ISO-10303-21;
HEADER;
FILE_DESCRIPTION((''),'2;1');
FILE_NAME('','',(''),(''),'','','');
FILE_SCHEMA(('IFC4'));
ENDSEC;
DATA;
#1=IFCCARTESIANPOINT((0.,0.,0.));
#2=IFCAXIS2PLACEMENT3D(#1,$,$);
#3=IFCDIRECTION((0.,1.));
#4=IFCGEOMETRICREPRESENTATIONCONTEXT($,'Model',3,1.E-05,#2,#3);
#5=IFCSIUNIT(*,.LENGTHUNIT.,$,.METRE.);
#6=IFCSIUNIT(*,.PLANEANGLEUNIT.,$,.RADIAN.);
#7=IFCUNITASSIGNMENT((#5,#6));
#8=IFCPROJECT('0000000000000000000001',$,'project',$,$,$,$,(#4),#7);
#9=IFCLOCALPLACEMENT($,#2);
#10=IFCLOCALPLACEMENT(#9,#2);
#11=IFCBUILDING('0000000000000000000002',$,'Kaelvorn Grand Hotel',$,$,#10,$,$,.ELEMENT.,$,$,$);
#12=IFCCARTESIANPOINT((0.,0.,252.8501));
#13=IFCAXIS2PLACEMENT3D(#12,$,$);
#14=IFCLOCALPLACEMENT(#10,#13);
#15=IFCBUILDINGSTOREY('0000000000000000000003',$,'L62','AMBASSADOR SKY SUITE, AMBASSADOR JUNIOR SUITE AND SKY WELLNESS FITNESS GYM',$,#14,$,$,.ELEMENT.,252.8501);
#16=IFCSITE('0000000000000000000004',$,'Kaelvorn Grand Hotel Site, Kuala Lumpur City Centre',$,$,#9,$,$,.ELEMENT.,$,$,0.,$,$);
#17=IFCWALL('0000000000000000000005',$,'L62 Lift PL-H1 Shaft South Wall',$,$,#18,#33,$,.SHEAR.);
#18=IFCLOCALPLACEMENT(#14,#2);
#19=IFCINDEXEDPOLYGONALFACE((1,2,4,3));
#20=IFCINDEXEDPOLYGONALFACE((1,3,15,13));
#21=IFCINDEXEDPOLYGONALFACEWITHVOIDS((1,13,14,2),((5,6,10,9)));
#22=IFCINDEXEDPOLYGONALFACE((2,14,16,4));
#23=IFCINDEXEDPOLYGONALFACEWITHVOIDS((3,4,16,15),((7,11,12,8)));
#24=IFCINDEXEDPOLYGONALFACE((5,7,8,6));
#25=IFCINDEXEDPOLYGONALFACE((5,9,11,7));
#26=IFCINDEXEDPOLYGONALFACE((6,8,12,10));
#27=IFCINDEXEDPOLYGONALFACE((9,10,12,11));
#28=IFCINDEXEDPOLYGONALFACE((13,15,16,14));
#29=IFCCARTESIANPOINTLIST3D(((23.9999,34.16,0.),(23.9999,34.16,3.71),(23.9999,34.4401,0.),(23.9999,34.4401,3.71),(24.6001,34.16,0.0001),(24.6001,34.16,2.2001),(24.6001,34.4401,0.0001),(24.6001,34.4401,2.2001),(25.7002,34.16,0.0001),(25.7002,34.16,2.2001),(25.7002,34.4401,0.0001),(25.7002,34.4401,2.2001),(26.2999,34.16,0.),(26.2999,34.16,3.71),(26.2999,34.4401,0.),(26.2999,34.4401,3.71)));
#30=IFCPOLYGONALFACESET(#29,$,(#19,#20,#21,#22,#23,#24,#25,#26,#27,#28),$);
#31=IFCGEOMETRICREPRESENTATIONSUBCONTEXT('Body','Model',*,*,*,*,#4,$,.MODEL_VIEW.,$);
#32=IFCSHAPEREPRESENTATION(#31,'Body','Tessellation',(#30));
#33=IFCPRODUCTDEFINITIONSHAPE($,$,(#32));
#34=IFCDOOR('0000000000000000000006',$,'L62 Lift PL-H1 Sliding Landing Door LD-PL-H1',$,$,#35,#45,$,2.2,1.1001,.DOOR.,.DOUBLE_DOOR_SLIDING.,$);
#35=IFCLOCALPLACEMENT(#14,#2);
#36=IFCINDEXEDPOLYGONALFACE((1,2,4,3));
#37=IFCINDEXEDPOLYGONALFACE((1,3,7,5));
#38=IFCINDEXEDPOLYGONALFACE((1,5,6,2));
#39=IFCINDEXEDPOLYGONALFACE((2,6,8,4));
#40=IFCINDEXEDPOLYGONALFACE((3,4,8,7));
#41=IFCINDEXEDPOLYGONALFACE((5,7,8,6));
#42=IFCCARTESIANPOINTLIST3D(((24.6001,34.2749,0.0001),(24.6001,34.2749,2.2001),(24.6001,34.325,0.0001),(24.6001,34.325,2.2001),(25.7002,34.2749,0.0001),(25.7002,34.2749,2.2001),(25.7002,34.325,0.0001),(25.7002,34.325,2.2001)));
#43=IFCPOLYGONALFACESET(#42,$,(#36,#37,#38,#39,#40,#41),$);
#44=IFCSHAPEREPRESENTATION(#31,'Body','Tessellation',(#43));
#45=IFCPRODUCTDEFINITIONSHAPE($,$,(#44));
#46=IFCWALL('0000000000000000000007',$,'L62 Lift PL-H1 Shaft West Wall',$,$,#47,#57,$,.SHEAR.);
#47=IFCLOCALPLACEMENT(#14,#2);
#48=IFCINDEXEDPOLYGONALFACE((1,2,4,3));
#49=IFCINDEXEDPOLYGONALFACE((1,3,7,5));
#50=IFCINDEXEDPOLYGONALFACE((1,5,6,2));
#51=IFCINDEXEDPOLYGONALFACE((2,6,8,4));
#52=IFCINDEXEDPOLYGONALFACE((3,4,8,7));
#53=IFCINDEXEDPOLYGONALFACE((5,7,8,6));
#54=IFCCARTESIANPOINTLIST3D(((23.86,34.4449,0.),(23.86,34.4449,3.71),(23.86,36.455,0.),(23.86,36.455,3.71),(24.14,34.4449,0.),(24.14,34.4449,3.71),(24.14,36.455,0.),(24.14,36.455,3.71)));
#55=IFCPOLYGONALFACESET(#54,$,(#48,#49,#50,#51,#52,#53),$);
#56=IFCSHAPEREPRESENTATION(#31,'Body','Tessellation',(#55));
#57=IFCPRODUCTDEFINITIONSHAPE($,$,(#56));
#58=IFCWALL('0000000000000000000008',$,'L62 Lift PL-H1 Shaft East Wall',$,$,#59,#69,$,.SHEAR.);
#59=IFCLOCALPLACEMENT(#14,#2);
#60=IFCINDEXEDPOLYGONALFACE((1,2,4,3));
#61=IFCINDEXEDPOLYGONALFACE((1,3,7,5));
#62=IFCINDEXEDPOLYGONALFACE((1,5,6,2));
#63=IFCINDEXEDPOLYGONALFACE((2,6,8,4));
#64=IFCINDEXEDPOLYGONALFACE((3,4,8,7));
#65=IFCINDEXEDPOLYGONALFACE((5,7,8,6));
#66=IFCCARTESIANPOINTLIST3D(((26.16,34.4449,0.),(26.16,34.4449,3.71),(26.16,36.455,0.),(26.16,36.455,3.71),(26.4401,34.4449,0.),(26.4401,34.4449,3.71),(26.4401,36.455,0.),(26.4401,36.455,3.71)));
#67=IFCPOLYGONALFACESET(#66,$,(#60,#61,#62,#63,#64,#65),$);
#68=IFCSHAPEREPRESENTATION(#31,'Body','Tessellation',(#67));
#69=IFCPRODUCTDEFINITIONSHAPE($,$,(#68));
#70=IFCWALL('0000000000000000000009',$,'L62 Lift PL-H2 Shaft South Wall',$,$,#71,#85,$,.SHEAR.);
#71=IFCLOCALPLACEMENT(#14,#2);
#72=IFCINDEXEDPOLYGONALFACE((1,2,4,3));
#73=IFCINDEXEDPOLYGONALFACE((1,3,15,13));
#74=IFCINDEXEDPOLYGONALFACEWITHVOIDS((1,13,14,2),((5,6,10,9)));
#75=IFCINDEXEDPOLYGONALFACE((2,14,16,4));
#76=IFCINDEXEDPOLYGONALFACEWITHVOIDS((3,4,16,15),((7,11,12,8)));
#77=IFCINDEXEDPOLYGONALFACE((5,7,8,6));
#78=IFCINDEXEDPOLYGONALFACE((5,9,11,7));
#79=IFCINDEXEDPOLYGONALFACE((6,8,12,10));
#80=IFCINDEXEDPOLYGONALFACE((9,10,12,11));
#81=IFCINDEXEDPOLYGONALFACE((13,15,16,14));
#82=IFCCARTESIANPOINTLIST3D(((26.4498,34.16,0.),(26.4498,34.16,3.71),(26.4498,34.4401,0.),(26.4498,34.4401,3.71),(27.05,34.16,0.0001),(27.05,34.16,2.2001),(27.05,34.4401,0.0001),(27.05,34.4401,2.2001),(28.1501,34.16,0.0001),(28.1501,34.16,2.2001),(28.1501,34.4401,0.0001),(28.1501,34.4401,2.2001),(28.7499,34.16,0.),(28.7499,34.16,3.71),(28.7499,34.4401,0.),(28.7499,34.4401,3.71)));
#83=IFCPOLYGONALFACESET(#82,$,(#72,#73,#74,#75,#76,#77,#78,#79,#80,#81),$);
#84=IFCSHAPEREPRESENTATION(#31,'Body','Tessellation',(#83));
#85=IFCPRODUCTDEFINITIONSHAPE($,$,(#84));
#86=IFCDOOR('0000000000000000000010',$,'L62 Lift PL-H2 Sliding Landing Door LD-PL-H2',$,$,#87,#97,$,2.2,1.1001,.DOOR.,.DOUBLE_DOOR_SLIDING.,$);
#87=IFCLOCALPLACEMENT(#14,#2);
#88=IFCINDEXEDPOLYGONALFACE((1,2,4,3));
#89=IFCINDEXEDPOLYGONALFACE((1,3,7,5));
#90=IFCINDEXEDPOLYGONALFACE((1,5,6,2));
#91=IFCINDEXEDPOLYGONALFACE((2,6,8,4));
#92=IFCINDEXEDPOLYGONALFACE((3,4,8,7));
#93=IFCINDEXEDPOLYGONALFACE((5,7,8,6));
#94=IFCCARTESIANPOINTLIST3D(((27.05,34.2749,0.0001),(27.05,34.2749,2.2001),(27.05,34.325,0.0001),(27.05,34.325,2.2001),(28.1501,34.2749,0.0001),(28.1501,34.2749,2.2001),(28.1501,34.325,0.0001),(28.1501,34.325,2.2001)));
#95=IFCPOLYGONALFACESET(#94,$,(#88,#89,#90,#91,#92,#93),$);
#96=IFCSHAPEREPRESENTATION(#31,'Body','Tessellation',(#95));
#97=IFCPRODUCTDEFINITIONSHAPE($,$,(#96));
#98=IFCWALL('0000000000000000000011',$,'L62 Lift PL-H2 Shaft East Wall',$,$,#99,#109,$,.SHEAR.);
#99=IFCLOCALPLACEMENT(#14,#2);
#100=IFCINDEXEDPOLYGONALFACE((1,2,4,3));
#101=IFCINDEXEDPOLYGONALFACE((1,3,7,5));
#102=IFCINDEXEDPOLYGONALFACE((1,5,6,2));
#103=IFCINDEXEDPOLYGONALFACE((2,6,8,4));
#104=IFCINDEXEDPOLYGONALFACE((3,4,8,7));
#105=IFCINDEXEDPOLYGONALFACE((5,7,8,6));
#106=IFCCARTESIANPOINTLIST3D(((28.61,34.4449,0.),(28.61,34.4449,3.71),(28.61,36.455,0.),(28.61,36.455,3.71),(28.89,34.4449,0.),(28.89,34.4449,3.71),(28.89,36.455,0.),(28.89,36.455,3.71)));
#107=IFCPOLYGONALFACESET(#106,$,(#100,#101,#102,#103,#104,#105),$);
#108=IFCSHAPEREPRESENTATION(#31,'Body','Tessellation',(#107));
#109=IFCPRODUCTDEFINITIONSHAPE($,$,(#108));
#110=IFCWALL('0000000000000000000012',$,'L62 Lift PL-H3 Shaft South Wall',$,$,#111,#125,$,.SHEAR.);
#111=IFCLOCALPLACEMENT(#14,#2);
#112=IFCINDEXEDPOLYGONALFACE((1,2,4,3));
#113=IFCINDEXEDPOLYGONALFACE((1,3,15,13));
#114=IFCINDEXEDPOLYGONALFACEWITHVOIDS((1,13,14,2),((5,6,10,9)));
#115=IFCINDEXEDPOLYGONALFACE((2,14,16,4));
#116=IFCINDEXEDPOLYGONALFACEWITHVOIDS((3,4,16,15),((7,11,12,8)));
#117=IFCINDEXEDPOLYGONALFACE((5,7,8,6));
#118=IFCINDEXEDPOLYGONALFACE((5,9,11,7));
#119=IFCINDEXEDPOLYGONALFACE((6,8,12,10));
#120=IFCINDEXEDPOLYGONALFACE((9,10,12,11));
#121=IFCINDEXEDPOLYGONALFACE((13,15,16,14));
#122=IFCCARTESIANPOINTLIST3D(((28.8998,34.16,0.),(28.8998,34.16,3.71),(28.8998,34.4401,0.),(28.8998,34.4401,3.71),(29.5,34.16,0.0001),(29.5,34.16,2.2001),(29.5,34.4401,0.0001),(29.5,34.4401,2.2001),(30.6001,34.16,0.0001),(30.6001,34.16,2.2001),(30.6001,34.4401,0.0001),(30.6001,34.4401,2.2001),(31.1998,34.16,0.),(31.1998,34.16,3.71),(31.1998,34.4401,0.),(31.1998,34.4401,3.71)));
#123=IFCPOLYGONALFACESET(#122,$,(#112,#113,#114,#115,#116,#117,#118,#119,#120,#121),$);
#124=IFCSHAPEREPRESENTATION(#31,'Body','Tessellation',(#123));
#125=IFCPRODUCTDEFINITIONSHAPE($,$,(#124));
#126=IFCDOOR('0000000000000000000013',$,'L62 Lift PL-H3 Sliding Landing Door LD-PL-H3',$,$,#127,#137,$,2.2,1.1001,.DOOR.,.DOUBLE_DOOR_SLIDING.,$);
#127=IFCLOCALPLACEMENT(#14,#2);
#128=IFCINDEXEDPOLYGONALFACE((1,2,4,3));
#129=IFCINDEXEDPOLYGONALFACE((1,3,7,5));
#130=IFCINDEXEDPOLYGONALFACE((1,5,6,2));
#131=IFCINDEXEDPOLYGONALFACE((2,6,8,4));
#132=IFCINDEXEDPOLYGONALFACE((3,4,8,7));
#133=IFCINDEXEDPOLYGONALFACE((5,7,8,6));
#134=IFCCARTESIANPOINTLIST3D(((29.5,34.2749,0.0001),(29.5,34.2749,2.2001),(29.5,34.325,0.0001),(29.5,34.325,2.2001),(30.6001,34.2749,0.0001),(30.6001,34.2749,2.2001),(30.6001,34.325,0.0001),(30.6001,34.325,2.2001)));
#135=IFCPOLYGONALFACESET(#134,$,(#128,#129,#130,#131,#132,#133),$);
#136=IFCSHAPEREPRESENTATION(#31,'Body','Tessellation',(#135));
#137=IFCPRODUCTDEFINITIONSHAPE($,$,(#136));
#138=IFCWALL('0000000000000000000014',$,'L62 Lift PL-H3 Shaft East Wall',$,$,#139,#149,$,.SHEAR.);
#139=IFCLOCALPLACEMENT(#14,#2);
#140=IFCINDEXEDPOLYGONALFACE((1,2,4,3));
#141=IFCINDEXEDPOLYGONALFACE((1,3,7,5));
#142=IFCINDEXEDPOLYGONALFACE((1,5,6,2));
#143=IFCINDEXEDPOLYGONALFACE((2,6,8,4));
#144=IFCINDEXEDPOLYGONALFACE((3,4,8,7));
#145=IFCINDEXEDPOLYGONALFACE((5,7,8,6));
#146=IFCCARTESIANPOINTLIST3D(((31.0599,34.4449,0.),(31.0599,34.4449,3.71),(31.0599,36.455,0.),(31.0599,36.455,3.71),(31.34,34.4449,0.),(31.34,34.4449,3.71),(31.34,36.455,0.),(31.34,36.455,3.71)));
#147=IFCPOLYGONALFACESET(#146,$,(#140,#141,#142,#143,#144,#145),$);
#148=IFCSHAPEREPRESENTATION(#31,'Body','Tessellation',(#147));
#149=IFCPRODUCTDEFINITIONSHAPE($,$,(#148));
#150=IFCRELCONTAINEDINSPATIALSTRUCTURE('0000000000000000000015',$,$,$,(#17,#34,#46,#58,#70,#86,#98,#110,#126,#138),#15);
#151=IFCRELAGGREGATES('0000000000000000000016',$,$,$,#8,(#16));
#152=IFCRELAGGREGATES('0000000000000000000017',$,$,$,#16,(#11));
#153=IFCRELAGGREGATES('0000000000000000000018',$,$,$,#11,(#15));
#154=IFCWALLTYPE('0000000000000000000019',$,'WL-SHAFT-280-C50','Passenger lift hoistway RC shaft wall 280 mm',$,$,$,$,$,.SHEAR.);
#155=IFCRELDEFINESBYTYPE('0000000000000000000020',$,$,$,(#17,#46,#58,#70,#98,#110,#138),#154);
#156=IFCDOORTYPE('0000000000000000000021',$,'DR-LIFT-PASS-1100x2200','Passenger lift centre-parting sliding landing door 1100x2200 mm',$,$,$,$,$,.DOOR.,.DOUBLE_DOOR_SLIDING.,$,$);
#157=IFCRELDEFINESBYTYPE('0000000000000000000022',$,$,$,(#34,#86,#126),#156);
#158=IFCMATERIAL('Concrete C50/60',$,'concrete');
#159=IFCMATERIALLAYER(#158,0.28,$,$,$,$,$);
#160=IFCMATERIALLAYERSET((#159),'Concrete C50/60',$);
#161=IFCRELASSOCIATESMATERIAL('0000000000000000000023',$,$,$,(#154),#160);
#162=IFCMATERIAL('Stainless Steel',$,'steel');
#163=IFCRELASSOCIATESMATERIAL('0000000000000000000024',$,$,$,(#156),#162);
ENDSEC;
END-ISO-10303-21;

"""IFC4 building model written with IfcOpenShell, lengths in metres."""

from ifc_helpers import new_model, si_unit, direction, frame, frame_2d, origin, place, context, subcontext, project, spatial, rectangle, extrude, material, layer, layer_set, type_object, element, fill, save


model = new_model("IFC4")

# Units and contexts
model_context = context("Model", 3, precision=1e-05, world=origin(), true_north=direction((0.0, 1.0)))
body_context = subcontext(model_context, "Body", "Model", "MODEL_VIEW")
ifc_project = project(units=[si_unit("LENGTHUNIT", "METRE"), si_unit("PLANEANGLEUNIT", "RADIAN")], contexts=[model_context])

# Site, building, storey
site_placement = place(None, origin())
site = spatial("IfcSite", under=ifc_project, at=site_placement, Name="Kaelvorn Grand Hotel Site, Kuala Lumpur City Centre", CompositionType="ELEMENT", RefElevation=0.0)
building_placement = place(site_placement, origin())
building = spatial("IfcBuilding", under=site, at=building_placement, Name="Kaelvorn Grand Hotel", CompositionType="ELEMENT")
storey_placement = place(building_placement, frame((0.0, 0.0, 252.8501)))
storey = spatial("IfcBuildingStorey", under=building, at=storey_placement, Name="L62", Description="AMBASSADOR SKY SUITE, AMBASSADOR JUNIOR SUITE AND SKY WELLNESS FITNESS GYM", CompositionType="ELEMENT", Elevation=252.8501)

# Shared definitions
ifc_material_1 = material(Name="Concrete C50/60", Category="concrete")

# Wall, opening, door
ifc_layer_1 = layer(ifc_material_1, 0.28)
ifc_layer_set_1 = layer_set([ifc_layer_1], Name="Concrete C50/60")
wall_type_1 = type_object("IfcWallType", Name="WL-SHAFT-280-C50", Description="Passenger lift hoistway RC shaft wall 280 mm", PredefinedType="SHEAR", material=ifc_layer_set_1)
wall_1_placement = place(storey_placement, frame((24.0, 34.3, 0.0), z_axis=(0.0, 0.0, 1.0), x_axis=(1.0, 0.0, 0.0)))
wall_1 = element("IfcWall", 1, at=wall_1_placement, inside=storey, type_object=wall_type_1, Name="L62 Lift PL-H1 Shaft South Wall", PredefinedType="SHEAR", context=body_context, shape_type="SweptSolid", body=[
    extrude(rectangle(XDim=2.3, YDim=0.28, at=frame_2d((1.1499, 0.0))), origin(), (0.0, 0.0, 1.0), 3.71),
])
opening_1_placement = place(wall_1_placement, frame((0.6001, 0.0, 0.0)))
opening_1 = element("IfcOpeningElement", 2, at=opening_1_placement, cuts=wall_1, PredefinedType="OPENING", context=body_context, shape_type="SweptSolid", body=[
    extrude(rectangle(XDim=1.1001, YDim=2.2, at=frame_2d((0.55, 1.1001))), frame((0.0, 0.1499, 0.0), z_axis=(0.0, -1.0, 0.0), x_axis=(1.0, 0.0, 0.0)), (0.0, 0.0, 1.0), 0.3),
])
ifc_material_2 = material(Name="Stainless Steel", Category="steel")
door_type_1 = type_object("IfcDoorType", Name="DR-LIFT-PASS-1100x2200", Description="Passenger lift centre-parting sliding landing door 1100x2200 mm", OperationType="DOUBLE_DOOR_SLIDING", PredefinedType="DOOR", material=ifc_material_2)
door_1_placement = place(opening_1_placement, origin())
door_1 = element("IfcDoor", 3, at=door_1_placement, inside=storey, type_object=door_type_1, Name="L62 Lift PL-H1 Sliding Landing Door LD-PL-H1", OperationType="DOUBLE_DOOR_SLIDING", OverallHeight=2.2, OverallWidth=1.1001, PredefinedType="DOOR", context=body_context, shape_type="SweptSolid", body=[
    extrude(rectangle(XDim=1.1001, YDim=2.2, at=frame_2d((0.55, 1.1001))), frame((0.0, 0.0249, 0.0), z_axis=(0.0, -1.0, 0.0), x_axis=(1.0, 0.0, 0.0)), (0.0, 0.0, 1.0), 0.05),
])
fill(opening_1, door_1)

# Walls
for number, where, z_axis, x_axis, name in (
    (4, (24.0, 34.4451, 0.0), (0.0, 0.0, 1.0), (0.0, 1.0, 0.0), "L62 Lift PL-H1 Shaft West Wall"),
    (5, (26.3, 34.4451, 0.0), (0.0, 0.0, 1.0), (0.0, 1.0, 0.0), "L62 Lift PL-H1 Shaft East Wall"),
):
    element("IfcWall", number, at=place(storey_placement, frame(where, z_axis=z_axis, x_axis=x_axis)), inside=storey, type_object=wall_type_1, Name=name, PredefinedType="SHEAR", context=body_context, shape_type="SweptSolid", body=[
        extrude(rectangle(XDim=2.01, YDim=0.28, at=frame_2d((1.0049, 0.0))), origin(), (0.0, 0.0, 1.0), 3.71),
    ])

# Wall, opening, door
wall_2_placement = place(storey_placement, frame((26.45, 34.3, 0.0), z_axis=(0.0, 0.0, 1.0), x_axis=(1.0, 0.0, 0.0)))
wall_2 = element("IfcWall", 6, at=wall_2_placement, inside=storey, type_object=wall_type_1, Name="L62 Lift PL-H2 Shaft South Wall", PredefinedType="SHEAR", context=body_context, shape_type="SweptSolid", body=[
    extrude(rectangle(XDim=2.3, YDim=0.28, at=frame_2d((1.1499, 0.0))), origin(), (0.0, 0.0, 1.0), 3.71),
])
opening_2_placement = place(wall_2_placement, frame((0.6001, 0.0, 0.0)))
opening_2 = element("IfcOpeningElement", 7, at=opening_2_placement, cuts=wall_2, PredefinedType="OPENING", context=body_context, shape_type="SweptSolid", body=[
    extrude(rectangle(XDim=1.1001, YDim=2.2, at=frame_2d((0.55, 1.1001))), frame((0.0, 0.1499, 0.0), z_axis=(0.0, -1.0, 0.0), x_axis=(1.0, 0.0, 0.0)), (0.0, 0.0, 1.0), 0.3),
])
door_2_placement = place(opening_2_placement, origin())
door_2 = element("IfcDoor", 8, at=door_2_placement, inside=storey, type_object=door_type_1, Name="L62 Lift PL-H2 Sliding Landing Door LD-PL-H2", OperationType="DOUBLE_DOOR_SLIDING", OverallHeight=2.2, OverallWidth=1.1001, PredefinedType="DOOR", context=body_context, shape_type="SweptSolid", body=[
    extrude(rectangle(XDim=1.1001, YDim=2.2, at=frame_2d((0.55, 1.1001))), frame((0.0, 0.0249, 0.0), z_axis=(0.0, -1.0, 0.0), x_axis=(1.0, 0.0, 0.0)), (0.0, 0.0, 1.0), 0.05),
])
fill(opening_2, door_2)

# Wall
wall_3_placement = place(storey_placement, frame((28.75, 34.4451, 0.0), z_axis=(0.0, 0.0, 1.0), x_axis=(0.0, 1.0, 0.0)))
element("IfcWall", 9, at=wall_3_placement, inside=storey, type_object=wall_type_1, Name="L62 Lift PL-H2 Shaft East Wall", PredefinedType="SHEAR", context=body_context, shape_type="SweptSolid", body=[
    extrude(rectangle(XDim=2.01, YDim=0.28, at=frame_2d((1.0049, 0.0))), origin(), (0.0, 0.0, 1.0), 3.71),
])

# Wall, opening, door
wall_4_placement = place(storey_placement, frame((28.8999, 34.3, 0.0), z_axis=(0.0, 0.0, 1.0), x_axis=(1.0, 0.0, 0.0)))
wall_4 = element("IfcWall", 10, at=wall_4_placement, inside=storey, type_object=wall_type_1, Name="L62 Lift PL-H3 Shaft South Wall", PredefinedType="SHEAR", context=body_context, shape_type="SweptSolid", body=[
    extrude(rectangle(XDim=2.3, YDim=0.28, at=frame_2d((1.1499, 0.0))), origin(), (0.0, 0.0, 1.0), 3.71),
])
opening_3_placement = place(wall_4_placement, frame((0.6001, 0.0, 0.0)))
opening_3 = element("IfcOpeningElement", 11, at=opening_3_placement, cuts=wall_4, PredefinedType="OPENING", context=body_context, shape_type="SweptSolid", body=[
    extrude(rectangle(XDim=1.1001, YDim=2.2, at=frame_2d((0.55, 1.1001))), frame((0.0, 0.1499, 0.0), z_axis=(0.0, -1.0, 0.0), x_axis=(1.0, 0.0, 0.0)), (0.0, 0.0, 1.0), 0.3),
])
door_3_placement = place(opening_3_placement, origin())
door_3 = element("IfcDoor", 12, at=door_3_placement, inside=storey, type_object=door_type_1, Name="L62 Lift PL-H3 Sliding Landing Door LD-PL-H3", OperationType="DOUBLE_DOOR_SLIDING", OverallHeight=2.2, OverallWidth=1.1001, PredefinedType="DOOR", context=body_context, shape_type="SweptSolid", body=[
    extrude(rectangle(XDim=1.1001, YDim=2.2, at=frame_2d((0.55, 1.1001))), frame((0.0, 0.0249, 0.0), z_axis=(0.0, -1.0, 0.0), x_axis=(1.0, 0.0, 0.0)), (0.0, 0.0, 1.0), 0.05),
])
fill(opening_3, door_3)

# Wall
wall_5_placement = place(storey_placement, frame((31.2, 34.4451, 0.0), z_axis=(0.0, 0.0, 1.0), x_axis=(0.0, 1.0, 0.0)))
element("IfcWall", 13, at=wall_5_placement, inside=storey, type_object=wall_type_1, Name="L62 Lift PL-H3 Shaft East Wall", PredefinedType="SHEAR", context=body_context, shape_type="SweptSolid", body=[
    extrude(rectangle(XDim=2.01, YDim=0.28, at=frame_2d((1.0049, 0.0))), origin(), (0.0, 0.0, 1.0), 3.71),
])

save(model, "model.ifc")
